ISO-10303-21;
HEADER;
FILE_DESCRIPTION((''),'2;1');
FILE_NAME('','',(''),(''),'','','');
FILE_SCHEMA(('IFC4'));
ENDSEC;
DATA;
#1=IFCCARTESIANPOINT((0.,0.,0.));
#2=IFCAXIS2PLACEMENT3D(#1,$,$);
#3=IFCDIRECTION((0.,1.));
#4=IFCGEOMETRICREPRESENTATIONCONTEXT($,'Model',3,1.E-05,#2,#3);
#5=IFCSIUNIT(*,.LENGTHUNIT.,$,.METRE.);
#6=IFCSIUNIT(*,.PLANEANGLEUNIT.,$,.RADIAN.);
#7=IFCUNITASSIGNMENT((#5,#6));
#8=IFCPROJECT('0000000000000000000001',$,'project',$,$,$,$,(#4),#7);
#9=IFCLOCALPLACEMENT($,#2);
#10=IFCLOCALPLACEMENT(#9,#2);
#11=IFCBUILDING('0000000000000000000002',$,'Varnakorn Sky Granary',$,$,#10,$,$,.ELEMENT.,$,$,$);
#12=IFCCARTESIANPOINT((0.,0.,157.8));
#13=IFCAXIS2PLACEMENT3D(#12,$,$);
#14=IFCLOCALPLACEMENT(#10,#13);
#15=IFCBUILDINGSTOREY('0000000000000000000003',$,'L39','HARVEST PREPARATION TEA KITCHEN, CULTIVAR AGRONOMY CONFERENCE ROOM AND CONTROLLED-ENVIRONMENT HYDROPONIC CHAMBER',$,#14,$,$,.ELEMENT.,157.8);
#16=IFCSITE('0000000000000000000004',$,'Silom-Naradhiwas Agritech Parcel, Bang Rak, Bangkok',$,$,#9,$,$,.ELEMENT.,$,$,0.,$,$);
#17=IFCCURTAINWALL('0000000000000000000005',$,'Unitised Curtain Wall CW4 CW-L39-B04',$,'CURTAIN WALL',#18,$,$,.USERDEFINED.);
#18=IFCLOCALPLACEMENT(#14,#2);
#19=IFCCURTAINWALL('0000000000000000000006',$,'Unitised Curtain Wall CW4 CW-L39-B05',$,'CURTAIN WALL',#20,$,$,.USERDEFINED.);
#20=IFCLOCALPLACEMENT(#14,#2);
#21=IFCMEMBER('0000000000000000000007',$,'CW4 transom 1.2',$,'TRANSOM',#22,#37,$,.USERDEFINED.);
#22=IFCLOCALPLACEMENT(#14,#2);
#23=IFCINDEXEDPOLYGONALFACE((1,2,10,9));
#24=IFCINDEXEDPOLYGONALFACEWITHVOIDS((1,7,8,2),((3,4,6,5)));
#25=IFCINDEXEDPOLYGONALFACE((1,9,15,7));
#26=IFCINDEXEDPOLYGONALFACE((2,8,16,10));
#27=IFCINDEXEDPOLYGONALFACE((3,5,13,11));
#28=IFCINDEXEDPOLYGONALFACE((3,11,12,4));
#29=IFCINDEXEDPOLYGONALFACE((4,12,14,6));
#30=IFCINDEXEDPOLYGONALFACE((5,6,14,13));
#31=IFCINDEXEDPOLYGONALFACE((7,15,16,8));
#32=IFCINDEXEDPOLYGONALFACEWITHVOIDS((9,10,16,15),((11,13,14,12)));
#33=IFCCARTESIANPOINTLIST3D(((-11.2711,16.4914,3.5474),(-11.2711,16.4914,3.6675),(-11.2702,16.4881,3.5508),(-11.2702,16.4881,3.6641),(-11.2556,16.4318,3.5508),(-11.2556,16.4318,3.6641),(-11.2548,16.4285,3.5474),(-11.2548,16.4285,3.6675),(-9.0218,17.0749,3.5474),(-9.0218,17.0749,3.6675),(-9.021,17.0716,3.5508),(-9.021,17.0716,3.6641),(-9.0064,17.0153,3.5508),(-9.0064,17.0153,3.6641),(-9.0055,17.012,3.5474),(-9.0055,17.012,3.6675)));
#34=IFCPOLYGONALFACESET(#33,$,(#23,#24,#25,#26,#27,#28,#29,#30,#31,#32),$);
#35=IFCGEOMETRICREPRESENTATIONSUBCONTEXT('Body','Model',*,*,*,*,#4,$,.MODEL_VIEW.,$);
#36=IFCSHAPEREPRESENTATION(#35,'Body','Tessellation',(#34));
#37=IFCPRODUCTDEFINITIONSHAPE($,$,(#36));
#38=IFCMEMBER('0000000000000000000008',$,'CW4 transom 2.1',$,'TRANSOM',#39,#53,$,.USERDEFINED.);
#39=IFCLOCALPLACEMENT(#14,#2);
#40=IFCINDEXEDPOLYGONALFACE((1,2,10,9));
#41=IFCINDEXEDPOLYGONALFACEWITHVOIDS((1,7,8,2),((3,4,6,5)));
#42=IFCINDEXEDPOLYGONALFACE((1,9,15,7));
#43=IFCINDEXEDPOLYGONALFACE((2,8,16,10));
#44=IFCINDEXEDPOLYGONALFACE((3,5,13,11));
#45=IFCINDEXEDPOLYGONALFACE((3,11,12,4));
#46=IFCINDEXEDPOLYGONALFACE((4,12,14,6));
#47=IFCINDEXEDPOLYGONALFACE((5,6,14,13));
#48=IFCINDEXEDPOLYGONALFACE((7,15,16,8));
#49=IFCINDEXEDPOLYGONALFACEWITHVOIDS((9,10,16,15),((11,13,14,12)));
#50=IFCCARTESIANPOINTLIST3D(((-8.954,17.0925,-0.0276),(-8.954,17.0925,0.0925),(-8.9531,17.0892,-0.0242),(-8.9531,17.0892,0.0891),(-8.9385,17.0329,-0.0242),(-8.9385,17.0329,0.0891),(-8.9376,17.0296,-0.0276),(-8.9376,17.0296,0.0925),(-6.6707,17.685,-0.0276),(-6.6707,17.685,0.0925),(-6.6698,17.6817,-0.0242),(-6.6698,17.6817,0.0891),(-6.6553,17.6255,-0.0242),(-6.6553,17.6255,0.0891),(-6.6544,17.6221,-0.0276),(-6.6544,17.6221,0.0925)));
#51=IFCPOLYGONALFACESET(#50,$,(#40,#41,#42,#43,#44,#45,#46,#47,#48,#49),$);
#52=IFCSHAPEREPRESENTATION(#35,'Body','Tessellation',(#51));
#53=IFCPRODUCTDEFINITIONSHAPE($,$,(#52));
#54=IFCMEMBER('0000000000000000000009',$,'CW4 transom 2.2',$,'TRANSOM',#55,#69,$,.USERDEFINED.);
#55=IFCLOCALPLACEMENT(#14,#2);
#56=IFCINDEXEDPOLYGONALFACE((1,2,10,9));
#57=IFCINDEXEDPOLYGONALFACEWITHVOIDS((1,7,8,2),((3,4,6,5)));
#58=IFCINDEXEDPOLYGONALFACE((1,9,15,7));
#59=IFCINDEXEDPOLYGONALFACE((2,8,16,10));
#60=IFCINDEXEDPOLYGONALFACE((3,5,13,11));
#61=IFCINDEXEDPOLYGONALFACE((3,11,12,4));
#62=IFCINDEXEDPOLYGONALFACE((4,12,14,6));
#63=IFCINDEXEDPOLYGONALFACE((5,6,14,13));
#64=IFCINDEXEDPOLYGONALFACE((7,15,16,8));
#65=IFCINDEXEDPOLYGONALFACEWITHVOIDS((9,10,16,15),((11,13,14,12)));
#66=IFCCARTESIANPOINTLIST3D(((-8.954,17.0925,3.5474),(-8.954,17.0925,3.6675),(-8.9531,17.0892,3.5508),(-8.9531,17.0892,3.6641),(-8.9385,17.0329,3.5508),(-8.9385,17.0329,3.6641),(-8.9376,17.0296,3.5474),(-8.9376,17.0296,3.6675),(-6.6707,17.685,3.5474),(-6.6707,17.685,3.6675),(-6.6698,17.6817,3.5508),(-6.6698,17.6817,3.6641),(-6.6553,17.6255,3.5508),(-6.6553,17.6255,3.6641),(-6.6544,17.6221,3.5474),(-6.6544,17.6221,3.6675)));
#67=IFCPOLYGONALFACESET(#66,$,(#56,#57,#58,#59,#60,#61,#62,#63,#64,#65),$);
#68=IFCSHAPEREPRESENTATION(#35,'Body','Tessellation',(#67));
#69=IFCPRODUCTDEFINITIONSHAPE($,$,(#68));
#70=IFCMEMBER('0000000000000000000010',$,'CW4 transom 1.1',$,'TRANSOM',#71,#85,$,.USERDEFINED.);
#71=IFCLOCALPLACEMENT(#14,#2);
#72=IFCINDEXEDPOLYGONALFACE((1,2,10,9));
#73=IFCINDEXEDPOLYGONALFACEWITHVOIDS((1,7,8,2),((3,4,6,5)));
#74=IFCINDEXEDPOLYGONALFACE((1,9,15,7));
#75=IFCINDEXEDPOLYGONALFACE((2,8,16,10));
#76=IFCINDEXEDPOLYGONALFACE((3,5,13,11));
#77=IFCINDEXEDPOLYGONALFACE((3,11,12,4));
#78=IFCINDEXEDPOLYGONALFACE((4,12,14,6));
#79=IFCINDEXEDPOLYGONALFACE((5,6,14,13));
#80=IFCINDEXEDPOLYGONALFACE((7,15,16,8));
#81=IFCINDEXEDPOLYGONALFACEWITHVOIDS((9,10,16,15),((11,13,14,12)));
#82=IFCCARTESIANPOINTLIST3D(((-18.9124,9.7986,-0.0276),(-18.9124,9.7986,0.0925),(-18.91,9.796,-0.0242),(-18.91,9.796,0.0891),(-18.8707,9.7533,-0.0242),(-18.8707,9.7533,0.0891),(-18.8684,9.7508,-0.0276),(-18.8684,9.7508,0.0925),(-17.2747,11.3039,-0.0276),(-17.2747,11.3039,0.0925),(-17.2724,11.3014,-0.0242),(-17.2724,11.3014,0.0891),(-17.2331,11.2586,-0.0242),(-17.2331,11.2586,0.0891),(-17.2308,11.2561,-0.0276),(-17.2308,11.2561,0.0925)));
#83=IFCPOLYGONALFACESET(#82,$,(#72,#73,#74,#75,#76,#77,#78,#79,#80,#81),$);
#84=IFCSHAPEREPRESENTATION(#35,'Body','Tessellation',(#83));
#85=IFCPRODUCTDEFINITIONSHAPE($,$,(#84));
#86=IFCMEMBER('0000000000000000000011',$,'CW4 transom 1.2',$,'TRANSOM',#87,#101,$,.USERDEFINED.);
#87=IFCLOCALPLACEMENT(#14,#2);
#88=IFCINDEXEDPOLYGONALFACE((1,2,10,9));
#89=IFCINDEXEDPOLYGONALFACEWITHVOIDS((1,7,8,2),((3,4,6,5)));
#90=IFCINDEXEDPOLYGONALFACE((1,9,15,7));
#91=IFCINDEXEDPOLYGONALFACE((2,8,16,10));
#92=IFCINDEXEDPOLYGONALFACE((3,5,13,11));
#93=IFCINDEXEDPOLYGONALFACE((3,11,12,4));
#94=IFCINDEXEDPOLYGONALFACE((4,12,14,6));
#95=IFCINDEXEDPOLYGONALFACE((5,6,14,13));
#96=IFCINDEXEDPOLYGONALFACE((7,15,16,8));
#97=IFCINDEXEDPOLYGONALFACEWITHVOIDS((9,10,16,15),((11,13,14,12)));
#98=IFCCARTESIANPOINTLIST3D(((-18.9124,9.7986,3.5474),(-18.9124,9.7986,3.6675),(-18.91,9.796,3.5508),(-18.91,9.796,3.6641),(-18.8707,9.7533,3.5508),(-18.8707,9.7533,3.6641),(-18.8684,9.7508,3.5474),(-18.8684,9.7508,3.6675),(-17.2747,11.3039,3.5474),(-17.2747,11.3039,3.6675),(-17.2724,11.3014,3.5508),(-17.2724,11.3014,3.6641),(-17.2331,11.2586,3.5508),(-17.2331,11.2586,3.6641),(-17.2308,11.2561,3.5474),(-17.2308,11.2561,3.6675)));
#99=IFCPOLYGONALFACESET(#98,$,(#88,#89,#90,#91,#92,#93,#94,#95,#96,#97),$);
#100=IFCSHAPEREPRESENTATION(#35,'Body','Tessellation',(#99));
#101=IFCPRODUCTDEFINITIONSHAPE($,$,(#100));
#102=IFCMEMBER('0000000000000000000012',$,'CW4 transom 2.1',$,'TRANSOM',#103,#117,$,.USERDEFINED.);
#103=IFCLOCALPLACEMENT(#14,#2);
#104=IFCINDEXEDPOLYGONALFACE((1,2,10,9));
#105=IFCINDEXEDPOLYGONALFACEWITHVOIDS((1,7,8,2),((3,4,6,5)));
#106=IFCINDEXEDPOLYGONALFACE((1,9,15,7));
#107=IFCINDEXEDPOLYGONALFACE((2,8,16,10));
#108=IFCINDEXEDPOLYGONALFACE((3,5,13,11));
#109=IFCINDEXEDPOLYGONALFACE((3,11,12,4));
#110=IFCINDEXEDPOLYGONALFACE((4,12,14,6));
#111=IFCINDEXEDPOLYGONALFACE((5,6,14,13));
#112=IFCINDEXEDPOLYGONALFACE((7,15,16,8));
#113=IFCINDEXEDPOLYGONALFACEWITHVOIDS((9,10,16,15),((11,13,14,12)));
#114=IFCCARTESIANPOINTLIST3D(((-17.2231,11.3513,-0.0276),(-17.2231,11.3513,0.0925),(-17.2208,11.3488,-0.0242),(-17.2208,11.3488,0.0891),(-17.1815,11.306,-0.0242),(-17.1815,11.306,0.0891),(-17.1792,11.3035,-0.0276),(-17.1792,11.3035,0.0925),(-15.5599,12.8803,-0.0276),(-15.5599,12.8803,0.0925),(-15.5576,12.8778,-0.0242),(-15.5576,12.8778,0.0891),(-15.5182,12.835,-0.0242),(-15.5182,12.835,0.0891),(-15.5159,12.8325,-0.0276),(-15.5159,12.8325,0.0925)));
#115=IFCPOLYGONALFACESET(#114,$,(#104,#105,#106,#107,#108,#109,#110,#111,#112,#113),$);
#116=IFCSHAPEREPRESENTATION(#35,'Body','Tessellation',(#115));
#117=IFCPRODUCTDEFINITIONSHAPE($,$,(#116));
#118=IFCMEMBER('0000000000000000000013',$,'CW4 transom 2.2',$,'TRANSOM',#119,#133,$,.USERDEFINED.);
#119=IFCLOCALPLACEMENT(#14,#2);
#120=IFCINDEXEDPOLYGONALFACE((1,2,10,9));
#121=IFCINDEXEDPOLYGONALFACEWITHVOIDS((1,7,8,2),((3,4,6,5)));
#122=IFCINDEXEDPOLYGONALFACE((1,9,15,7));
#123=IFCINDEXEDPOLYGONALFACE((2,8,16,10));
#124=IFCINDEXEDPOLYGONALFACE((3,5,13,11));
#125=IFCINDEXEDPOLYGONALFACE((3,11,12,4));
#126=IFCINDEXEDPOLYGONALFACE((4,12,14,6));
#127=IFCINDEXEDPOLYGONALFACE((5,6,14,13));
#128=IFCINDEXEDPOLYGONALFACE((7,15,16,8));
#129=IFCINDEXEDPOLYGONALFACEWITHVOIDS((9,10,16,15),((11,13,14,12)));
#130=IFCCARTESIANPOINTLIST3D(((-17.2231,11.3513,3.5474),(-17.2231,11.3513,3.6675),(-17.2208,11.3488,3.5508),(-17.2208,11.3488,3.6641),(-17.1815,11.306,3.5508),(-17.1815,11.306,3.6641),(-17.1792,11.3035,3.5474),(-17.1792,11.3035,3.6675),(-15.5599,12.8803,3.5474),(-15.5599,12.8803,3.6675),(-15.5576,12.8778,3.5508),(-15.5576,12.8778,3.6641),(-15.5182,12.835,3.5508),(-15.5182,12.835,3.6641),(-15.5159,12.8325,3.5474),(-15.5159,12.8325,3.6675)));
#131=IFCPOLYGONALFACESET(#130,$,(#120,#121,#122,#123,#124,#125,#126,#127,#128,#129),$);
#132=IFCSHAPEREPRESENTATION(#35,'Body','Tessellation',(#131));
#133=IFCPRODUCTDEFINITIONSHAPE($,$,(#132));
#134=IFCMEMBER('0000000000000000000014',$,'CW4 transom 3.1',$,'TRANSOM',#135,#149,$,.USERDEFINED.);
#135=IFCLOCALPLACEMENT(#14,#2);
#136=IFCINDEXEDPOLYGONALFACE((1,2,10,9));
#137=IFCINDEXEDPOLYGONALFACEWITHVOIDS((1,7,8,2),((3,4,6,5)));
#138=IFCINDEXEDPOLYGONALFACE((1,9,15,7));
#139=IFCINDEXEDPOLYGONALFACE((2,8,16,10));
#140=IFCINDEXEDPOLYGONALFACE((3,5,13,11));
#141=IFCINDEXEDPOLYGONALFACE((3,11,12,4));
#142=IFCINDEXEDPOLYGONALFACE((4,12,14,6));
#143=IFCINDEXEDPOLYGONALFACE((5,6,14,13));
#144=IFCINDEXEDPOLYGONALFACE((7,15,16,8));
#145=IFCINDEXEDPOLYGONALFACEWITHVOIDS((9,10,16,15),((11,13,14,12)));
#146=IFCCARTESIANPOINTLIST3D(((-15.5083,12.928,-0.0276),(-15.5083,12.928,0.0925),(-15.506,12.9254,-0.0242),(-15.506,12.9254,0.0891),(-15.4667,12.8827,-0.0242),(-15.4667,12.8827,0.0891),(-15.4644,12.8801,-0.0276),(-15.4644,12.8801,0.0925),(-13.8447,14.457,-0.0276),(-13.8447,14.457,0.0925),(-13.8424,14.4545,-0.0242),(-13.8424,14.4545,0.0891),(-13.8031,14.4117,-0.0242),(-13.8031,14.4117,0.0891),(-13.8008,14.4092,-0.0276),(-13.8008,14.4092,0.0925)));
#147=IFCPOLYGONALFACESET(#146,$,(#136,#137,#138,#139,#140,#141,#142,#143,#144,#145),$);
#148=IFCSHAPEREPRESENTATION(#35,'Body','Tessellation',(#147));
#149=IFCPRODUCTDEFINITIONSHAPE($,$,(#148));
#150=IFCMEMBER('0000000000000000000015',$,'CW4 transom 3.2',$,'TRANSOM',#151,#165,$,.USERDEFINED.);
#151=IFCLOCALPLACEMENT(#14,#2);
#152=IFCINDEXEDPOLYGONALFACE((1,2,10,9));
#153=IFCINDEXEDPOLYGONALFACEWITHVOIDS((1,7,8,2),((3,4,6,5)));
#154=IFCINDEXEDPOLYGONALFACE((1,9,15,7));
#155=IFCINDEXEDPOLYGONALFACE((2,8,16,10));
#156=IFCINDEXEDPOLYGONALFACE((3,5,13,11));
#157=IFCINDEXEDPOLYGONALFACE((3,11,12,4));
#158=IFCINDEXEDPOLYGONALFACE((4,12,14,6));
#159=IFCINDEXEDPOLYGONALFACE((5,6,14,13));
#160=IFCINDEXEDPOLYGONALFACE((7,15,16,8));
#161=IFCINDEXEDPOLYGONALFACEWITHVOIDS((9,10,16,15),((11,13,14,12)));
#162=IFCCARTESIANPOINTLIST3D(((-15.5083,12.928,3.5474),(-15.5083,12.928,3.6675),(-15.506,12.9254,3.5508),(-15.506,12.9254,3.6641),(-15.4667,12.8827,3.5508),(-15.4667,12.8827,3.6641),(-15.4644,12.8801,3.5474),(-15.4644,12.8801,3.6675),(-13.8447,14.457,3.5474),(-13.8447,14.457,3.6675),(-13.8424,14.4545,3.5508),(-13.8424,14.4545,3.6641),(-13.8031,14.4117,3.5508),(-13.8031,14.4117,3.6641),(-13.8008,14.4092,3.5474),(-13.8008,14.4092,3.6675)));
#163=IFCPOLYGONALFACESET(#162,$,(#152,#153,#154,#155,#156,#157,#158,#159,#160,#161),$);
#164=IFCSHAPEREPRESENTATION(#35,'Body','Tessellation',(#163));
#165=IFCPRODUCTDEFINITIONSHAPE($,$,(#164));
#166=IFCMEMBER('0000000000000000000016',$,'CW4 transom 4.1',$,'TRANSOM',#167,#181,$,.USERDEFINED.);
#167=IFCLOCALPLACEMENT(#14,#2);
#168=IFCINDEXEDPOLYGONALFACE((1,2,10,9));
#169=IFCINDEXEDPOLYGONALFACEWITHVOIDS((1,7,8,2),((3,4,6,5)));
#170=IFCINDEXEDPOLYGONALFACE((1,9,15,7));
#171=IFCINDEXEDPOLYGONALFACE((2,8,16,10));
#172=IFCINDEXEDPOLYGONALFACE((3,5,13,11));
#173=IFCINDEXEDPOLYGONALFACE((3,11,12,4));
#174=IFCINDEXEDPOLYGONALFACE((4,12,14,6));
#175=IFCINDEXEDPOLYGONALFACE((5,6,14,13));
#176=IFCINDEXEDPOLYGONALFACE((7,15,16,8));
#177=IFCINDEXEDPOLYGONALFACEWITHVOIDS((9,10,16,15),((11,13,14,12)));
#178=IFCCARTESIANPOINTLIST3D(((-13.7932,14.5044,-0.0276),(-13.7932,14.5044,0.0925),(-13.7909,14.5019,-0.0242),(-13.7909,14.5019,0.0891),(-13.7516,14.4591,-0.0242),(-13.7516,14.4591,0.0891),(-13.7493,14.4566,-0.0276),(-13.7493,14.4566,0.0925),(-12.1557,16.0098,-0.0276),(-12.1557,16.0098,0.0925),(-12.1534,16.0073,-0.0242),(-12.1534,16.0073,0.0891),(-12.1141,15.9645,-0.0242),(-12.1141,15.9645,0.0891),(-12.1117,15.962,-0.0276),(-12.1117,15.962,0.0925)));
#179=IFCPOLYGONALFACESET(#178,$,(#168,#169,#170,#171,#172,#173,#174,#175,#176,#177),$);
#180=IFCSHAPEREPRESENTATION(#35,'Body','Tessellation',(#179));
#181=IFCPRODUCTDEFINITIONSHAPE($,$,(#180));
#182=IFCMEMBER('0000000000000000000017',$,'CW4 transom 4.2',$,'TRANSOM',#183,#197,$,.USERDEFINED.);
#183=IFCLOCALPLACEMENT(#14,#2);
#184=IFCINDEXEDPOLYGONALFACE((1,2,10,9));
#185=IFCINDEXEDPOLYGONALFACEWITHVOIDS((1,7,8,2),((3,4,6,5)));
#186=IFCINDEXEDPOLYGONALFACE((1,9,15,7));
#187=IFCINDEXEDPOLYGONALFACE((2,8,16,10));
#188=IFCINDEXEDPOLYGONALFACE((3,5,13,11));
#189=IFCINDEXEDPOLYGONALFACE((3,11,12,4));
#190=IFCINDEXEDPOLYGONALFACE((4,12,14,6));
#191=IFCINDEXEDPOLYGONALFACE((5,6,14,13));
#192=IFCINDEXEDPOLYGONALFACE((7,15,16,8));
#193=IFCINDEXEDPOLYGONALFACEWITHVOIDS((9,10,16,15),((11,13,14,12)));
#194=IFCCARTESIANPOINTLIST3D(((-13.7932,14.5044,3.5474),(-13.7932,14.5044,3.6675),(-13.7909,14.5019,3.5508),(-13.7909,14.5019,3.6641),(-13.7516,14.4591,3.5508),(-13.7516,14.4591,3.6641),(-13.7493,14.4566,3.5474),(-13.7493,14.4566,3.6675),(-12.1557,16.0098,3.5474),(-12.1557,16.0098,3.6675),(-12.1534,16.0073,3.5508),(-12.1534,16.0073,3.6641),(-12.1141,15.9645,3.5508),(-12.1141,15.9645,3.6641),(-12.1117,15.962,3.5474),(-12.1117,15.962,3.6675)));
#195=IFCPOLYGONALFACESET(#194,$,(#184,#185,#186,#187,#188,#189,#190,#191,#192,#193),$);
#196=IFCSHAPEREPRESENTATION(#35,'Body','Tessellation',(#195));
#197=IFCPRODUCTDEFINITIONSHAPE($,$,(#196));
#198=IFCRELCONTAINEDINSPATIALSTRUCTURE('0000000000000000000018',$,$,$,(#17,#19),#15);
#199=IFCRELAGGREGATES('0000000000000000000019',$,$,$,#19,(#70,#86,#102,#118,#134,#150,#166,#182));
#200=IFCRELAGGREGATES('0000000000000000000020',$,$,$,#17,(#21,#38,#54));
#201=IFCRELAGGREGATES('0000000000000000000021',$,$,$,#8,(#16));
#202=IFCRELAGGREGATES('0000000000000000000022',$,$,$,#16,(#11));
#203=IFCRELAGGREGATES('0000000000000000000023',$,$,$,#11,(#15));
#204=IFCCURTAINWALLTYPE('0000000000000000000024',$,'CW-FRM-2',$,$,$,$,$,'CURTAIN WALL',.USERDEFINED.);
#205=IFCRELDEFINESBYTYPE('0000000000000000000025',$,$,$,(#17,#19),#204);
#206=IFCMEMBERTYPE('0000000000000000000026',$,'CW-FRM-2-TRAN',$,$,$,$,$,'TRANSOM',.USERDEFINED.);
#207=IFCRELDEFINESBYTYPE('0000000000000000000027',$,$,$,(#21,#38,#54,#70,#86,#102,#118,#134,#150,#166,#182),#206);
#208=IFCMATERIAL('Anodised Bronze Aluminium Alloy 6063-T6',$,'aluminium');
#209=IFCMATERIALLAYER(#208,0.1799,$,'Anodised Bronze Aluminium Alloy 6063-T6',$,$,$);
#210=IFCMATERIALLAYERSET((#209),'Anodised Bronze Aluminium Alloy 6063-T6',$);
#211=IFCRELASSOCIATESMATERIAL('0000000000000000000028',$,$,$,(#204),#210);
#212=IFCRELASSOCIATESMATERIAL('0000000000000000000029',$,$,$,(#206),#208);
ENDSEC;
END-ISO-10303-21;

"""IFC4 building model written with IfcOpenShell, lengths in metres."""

from ifc_helpers import new_model, si_unit, direction, frame, origin, origin_2d, place, context, subcontext, project, spatial, hollow_rectangle, extrude, material, layer, layer_set, material_profile, profile_set, type_object, element, aggregate, save


model = new_model("IFC4")

# Units and contexts
model_context = context("Model", 3, precision=1e-05, world=origin(), true_north=direction((0.0, 1.0)))
body_context = subcontext(model_context, "Body", "Model", "MODEL_VIEW")
ifc_project = project(units=[si_unit("LENGTHUNIT", "METRE"), si_unit("PLANEANGLEUNIT", "RADIAN")], contexts=[model_context])

# Site, building, storey
site_placement = place(None, origin())
site = spatial("IfcSite", under=ifc_project, at=site_placement, Name="Silom-Naradhiwas Agritech Parcel, Bang Rak, Bangkok", CompositionType="ELEMENT", RefElevation=0.0)
building_placement = place(site_placement, origin())
building = spatial("IfcBuilding", under=site, at=building_placement, Name="Varnakorn Sky Granary", CompositionType="ELEMENT")
storey_placement = place(building_placement, frame((0.0, 0.0, 157.8)))
storey = spatial("IfcBuildingStorey", under=building, at=storey_placement, Name="L39", Description="HARVEST PREPARATION TEA KITCHEN, CULTIVAR AGRONOMY CONFERENCE ROOM AND CONTROLLED-ENVIRONMENT HYDROPONIC CHAMBER", CompositionType="ELEMENT", Elevation=157.8)

# Curtain walls
ifc_material_1 = material(Name="Anodised Bronze Aluminium Alloy 6063-T6", Category="aluminium")
ifc_layer_1 = layer(ifc_material_1, 0.1799, Name="Anodised Bronze Aluminium Alloy 6063-T6")
ifc_layer_set_1 = layer_set([ifc_layer_1], Name="Anodised Bronze Aluminium Alloy 6063-T6")
curtain_wall_type = type_object("IfcCurtainWallType", Name="CW-FRM-2", ElementType="CURTAIN WALL", PredefinedType="USERDEFINED", material=ifc_layer_set_1)
curtain_wall_1_placement = place(storey_placement, origin())
curtain_wall_1 = element("IfcCurtainWall", 1, at=curtain_wall_1_placement, inside=storey, type_object=curtain_wall_type, Name="Unitised Curtain Wall CW4 CW-L39-B04", ObjectType="CURTAIN WALL", PredefinedType="USERDEFINED")
curtain_wall_2_placement = place(storey_placement, origin())
curtain_wall_2 = element("IfcCurtainWall", 2, at=curtain_wall_2_placement, inside=storey, type_object=curtain_wall_type, Name="Unitised Curtain Wall CW4 CW-L39-B05", ObjectType="CURTAIN WALL", PredefinedType="USERDEFINED")

# Members
ifc_material_profile_1 = material_profile(ifc_material_1, hollow_rectangle(XDim=0.0649, YDim=0.1201, WallThickness=0.0034, at=origin_2d()), Name="ALU TRAN 65x120")
ifc_profile_set_1 = profile_set([ifc_material_profile_1], Name="Anodised Bronze Aluminium Alloy 6063-T6")
member_type_1 = type_object("IfcMemberType", Name="CW-FRM-2-TRAN", ElementType="TRANSOM", PredefinedType="USERDEFINED", material=ifc_profile_set_1)
member_1_placement = place(storey_placement, frame((-11.2629, 16.46, 3.6074), z_axis=(0.96796, 0.251104, 0.0), x_axis=(-0.251104, 0.96796, 0.0)))
member_1 = element("IfcMember", 3, at=member_1_placement, type_object=member_type_1, Name="CW4 transom 1.2", ObjectType="TRANSOM", PredefinedType="USERDEFINED", context=body_context, shape_type="SweptSolid", body=[
    extrude(hollow_rectangle(XDim=0.0649, YDim=0.1201, WallThickness=0.0034, at=origin_2d()), origin(), (0.0, 0.0, 1.0), 2.3237),
])
member_2_placement = place(storey_placement, frame((-8.9458, 17.061, 0.0325), z_axis=(0.967936, 0.251196, 0.0), x_axis=(-0.251196, 0.967936, 0.0)))
member_2 = element("IfcMember", 4, at=member_2_placement, type_object=member_type_1, Name="CW4 transom 2.1", ObjectType="TRANSOM", PredefinedType="USERDEFINED", context=body_context, shape_type="SweptSolid", body=[
    extrude(hollow_rectangle(XDim=0.0649, YDim=0.1201, WallThickness=0.0034, at=origin_2d()), origin(), (0.0, 0.0, 1.0), 2.3589),
])
member_3_placement = place(storey_placement, frame((-8.9458, 17.061, 3.6074), z_axis=(0.967936, 0.251196, 0.0), x_axis=(-0.251196, 0.967936, 0.0)))
member_3 = element("IfcMember", 5, at=member_3_placement, type_object=member_type_1, Name="CW4 transom 2.2", ObjectType="TRANSOM", PredefinedType="USERDEFINED", context=body_context, shape_type="SweptSolid", body=[
    extrude(hollow_rectangle(XDim=0.0649, YDim=0.1201, WallThickness=0.0034, at=origin_2d()), origin(), (0.0, 0.0, 1.0), 2.3589),
])
member_4_placement = place(storey_placement, frame((-18.8904, 9.7747, 0.0325), z_axis=(0.736224, 0.676738, 0.0), x_axis=(-0.676738, 0.736224, 0.0)))
member_4 = element("IfcMember", 6, at=member_4_placement, type_object=member_type_1, Name="CW4 transom 1.1", ObjectType="TRANSOM", PredefinedType="USERDEFINED", context=body_context, shape_type="SweptSolid", body=[
    extrude(hollow_rectangle(XDim=0.0649, YDim=0.1201, WallThickness=0.0034, at=origin_2d()), origin(), (0.0, 0.0, 1.0), 2.2244),
])
member_5_placement = place(storey_placement, frame((-18.8904, 9.7747, 3.6074), z_axis=(0.736224, 0.676738, 0.0), x_axis=(-0.676738, 0.736224, 0.0)))
member_5 = element("IfcMember", 7, at=member_5_placement, type_object=member_type_1, Name="CW4 transom 1.2", ObjectType="TRANSOM", PredefinedType="USERDEFINED", context=body_context, shape_type="SweptSolid", body=[
    extrude(hollow_rectangle(XDim=0.0649, YDim=0.1201, WallThickness=0.0034, at=origin_2d()), origin(), (0.0, 0.0, 1.0), 2.2244),
])
member_6_placement = place(storey_placement, frame((-17.2012, 11.3274, 0.0325), z_axis=(0.736198, 0.676766, 0.0), x_axis=(-0.676766, 0.736198, 0.0)))
member_6 = element("IfcMember", 8, at=member_6_placement, type_object=member_type_1, Name="CW4 transom 2.1", ObjectType="TRANSOM", PredefinedType="USERDEFINED", context=body_context, shape_type="SweptSolid", body=[
    extrude(hollow_rectangle(XDim=0.0649, YDim=0.1201, WallThickness=0.0034, at=origin_2d()), origin(), (0.0, 0.0, 1.0), 2.2593),
])
member_7_placement = place(storey_placement, frame((-17.2012, 11.3274, 3.6074), z_axis=(0.736198, 0.676766, 0.0), x_axis=(-0.676766, 0.736198, 0.0)))
member_7 = element("IfcMember", 9, at=member_7_placement, type_object=member_type_1, Name="CW4 transom 2.2", ObjectType="TRANSOM", PredefinedType="USERDEFINED", context=body_context, shape_type="SweptSolid", body=[
    extrude(hollow_rectangle(XDim=0.0649, YDim=0.1201, WallThickness=0.0034, at=origin_2d()), origin(), (0.0, 0.0, 1.0), 2.2593),
])
member_8_placement = place(storey_placement, frame((-15.4863, 12.9041, 0.0325), z_axis=(0.736247, 0.676712, 0.0), x_axis=(-0.676712, 0.736247, 0.0)))
member_8 = element("IfcMember", 10, at=member_8_placement, type_object=member_type_1, Name="CW4 transom 3.1", ObjectType="TRANSOM", PredefinedType="USERDEFINED", context=body_context, shape_type="SweptSolid", body=[
    extrude(hollow_rectangle(XDim=0.0649, YDim=0.1201, WallThickness=0.0034, at=origin_2d()), origin(), (0.0, 0.0, 1.0), 2.2595),
])
member_9_placement = place(storey_placement, frame((-15.4863, 12.9041, 3.6074), z_axis=(0.736247, 0.676712, 0.0), x_axis=(-0.676712, 0.736247, 0.0)))
member_9 = element("IfcMember", 11, at=member_9_placement, type_object=member_type_1, Name="CW4 transom 3.2", ObjectType="TRANSOM", PredefinedType="USERDEFINED", context=body_context, shape_type="SweptSolid", body=[
    extrude(hollow_rectangle(XDim=0.0649, YDim=0.1201, WallThickness=0.0034, at=origin_2d()), origin(), (0.0, 0.0, 1.0), 2.2595),
])
member_10_placement = place(storey_placement, frame((-13.7712, 14.4805, 0.0325), z_axis=(0.736174, 0.676793, 0.0), x_axis=(-0.676793, 0.736174, 0.0)))
member_10 = element("IfcMember", 12, at=member_10_placement, type_object=member_type_1, Name="CW4 transom 4.1", ObjectType="TRANSOM", PredefinedType="USERDEFINED", context=body_context, shape_type="SweptSolid", body=[
    extrude(hollow_rectangle(XDim=0.0649, YDim=0.1201, WallThickness=0.0034, at=origin_2d()), origin(), (0.0, 0.0, 1.0), 2.2244),
])
member_11_placement = place(storey_placement, frame((-13.7712, 14.4805, 3.6074), z_axis=(0.736174, 0.676793, 0.0), x_axis=(-0.676793, 0.736174, 0.0)))
member_11 = element("IfcMember", 13, at=member_11_placement, type_object=member_type_1, Name="CW4 transom 4.2", ObjectType="TRANSOM", PredefinedType="USERDEFINED", context=body_context, shape_type="SweptSolid", body=[
    extrude(hollow_rectangle(XDim=0.0649, YDim=0.1201, WallThickness=0.0034, at=origin_2d()), origin(), (0.0, 0.0, 1.0), 2.2244),
])

aggregate(curtain_wall_2, [member_4, member_5, member_6, member_7, member_8, member_9, member_10, member_11])
aggregate(curtain_wall_1, [member_1, member_2, member_3])

save(model, "model.ifc")
